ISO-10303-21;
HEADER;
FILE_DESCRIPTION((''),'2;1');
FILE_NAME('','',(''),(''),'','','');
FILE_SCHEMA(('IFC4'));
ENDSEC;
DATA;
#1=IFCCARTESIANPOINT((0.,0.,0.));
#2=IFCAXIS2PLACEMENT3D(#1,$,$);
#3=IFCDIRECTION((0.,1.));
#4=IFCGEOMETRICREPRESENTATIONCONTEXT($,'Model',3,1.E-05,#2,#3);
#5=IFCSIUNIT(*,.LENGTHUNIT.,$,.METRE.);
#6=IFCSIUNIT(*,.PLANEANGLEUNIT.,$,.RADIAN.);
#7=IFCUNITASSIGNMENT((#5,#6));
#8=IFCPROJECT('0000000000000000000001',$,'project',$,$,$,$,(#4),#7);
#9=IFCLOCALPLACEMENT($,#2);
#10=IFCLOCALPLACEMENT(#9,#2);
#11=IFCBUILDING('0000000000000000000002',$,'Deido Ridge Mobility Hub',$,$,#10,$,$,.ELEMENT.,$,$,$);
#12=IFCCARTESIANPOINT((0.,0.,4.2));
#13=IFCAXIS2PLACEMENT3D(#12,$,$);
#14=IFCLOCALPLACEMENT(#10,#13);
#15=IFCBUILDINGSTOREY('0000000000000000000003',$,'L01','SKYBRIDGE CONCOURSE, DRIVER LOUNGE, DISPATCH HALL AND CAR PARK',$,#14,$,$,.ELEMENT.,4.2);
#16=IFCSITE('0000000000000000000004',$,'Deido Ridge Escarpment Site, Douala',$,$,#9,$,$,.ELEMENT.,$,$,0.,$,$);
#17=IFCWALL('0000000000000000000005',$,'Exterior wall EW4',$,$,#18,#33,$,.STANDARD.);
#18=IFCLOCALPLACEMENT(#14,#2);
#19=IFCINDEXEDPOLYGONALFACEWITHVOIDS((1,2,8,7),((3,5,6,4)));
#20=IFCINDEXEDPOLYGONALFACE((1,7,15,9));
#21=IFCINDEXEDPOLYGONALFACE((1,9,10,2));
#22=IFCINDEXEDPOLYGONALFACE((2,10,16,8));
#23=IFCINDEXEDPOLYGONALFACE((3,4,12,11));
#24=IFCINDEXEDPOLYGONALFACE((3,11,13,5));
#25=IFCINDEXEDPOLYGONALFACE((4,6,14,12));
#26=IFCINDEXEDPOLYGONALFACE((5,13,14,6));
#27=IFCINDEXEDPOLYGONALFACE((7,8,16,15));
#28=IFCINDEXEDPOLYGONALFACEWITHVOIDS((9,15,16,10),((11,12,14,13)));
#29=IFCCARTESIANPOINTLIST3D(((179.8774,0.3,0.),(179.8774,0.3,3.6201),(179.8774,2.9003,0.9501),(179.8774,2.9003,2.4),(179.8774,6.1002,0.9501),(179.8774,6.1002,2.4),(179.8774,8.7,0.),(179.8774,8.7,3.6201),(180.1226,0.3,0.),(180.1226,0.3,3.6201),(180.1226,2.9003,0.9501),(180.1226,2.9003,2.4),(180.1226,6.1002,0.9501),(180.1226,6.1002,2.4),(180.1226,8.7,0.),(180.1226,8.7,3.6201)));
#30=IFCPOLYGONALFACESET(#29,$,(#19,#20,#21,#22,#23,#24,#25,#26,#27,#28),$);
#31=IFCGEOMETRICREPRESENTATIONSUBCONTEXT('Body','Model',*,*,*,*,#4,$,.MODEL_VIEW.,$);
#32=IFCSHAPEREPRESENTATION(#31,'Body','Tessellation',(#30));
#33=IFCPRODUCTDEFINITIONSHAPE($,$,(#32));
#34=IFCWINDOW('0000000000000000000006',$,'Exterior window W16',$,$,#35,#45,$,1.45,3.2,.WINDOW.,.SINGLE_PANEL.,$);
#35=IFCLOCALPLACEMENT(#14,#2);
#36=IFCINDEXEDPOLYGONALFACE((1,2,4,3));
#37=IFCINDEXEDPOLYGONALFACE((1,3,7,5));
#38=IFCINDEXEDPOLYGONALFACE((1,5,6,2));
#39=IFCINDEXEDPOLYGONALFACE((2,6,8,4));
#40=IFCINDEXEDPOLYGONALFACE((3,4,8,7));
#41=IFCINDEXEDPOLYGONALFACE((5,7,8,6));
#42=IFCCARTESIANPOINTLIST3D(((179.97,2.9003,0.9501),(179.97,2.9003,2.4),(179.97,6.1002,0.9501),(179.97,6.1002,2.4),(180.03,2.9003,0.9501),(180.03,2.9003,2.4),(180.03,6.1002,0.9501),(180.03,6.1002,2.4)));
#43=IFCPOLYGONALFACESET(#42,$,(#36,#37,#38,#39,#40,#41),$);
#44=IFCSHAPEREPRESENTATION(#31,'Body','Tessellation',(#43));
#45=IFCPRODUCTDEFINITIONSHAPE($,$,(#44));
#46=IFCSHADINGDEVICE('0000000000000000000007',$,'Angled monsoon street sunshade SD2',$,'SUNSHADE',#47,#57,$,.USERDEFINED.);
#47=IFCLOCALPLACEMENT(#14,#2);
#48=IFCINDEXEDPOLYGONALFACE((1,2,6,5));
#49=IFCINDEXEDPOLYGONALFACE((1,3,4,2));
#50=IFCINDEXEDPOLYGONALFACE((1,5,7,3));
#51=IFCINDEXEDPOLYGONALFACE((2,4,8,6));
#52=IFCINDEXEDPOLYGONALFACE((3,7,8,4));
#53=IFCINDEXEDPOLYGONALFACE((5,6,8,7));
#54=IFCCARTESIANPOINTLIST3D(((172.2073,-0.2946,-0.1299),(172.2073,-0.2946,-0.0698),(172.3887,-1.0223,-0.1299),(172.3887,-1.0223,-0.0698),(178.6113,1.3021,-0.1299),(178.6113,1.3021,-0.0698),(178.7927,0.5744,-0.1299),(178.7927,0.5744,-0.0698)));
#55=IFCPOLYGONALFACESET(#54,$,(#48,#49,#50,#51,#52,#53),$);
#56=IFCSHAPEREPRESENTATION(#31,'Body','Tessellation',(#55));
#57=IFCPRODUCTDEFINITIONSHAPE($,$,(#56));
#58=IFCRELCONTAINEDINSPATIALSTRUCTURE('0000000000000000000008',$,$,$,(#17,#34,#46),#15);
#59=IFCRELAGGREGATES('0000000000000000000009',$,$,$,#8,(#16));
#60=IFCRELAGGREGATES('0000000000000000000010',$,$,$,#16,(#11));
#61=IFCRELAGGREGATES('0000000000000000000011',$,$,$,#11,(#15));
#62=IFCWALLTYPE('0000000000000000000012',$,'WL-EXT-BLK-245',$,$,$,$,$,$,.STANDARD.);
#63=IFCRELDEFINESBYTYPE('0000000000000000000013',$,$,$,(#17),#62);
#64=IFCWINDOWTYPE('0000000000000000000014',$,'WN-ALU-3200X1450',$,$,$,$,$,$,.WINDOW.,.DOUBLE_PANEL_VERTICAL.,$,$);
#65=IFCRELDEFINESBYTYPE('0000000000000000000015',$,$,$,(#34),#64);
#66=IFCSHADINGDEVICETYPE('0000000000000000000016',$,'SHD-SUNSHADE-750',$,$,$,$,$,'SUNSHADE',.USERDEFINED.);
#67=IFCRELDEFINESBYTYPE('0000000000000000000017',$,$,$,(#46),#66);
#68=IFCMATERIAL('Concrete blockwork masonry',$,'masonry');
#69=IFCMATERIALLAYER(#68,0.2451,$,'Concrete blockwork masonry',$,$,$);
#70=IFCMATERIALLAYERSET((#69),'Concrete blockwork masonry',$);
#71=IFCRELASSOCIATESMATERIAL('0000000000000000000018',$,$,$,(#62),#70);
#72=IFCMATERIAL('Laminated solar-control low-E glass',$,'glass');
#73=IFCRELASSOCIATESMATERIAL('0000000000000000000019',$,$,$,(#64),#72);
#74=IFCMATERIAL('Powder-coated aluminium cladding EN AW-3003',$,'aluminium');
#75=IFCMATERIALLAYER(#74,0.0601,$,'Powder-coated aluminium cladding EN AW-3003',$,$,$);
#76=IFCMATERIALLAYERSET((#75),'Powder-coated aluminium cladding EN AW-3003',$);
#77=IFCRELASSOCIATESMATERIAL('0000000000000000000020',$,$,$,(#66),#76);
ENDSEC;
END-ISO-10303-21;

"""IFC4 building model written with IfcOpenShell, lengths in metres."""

from ifc_helpers import new_model, si_unit, direction, frame, frame_2d, origin, origin_2d, place, context, subcontext, project, spatial, rectangle, extrude, material, layer, layer_set, type_object, element, fill, save


model = new_model("IFC4")

# Units and contexts
model_context = context("Model", 3, precision=1e-05, world=origin(), true_north=direction((0.0, 1.0)))
body_context = subcontext(model_context, "Body", "Model", "MODEL_VIEW")
ifc_project = project(units=[si_unit("LENGTHUNIT", "METRE"), si_unit("PLANEANGLEUNIT", "RADIAN")], contexts=[model_context])

# Site, building, storey
site_placement = place(None, origin())
site = spatial("IfcSite", under=ifc_project, at=site_placement, Name="Deido Ridge Escarpment Site, Douala", CompositionType="ELEMENT", RefElevation=0.0)
building_placement = place(site_placement, origin())
building = spatial("IfcBuilding", under=site, at=building_placement, Name="Deido Ridge Mobility Hub", CompositionType="ELEMENT")
storey_placement = place(building_placement, frame((0.0, 0.0, 4.2)))
storey = spatial("IfcBuildingStorey", under=building, at=storey_placement, Name="L01", Description="SKYBRIDGE CONCOURSE, DRIVER LOUNGE, DISPATCH HALL AND CAR PARK", CompositionType="ELEMENT", Elevation=4.2)

# Shared definitions
ifc_material_1 = material(Name="Laminated solar-control low-E glass", Category="glass")

# Wall, opening, window
ifc_material_2 = material(Name="Concrete blockwork masonry", Category="masonry")
ifc_layer_1 = layer(ifc_material_2, 0.2451, Name="Concrete blockwork masonry")
ifc_layer_set_1 = layer_set([ifc_layer_1], Name="Concrete blockwork masonry")
wall_type = type_object("IfcWallType", Name="WL-EXT-BLK-245", PredefinedType="STANDARD", material=ifc_layer_set_1)
wall_placement = place(storey_placement, frame((180.0, 0.3, 0.0), z_axis=(0.0, 0.0, 1.0), x_axis=(0.0, 1.0, 0.0)))
wall = element("IfcWall", 1, at=wall_placement, inside=storey, type_object=wall_type, Name="Exterior wall EW4", PredefinedType="STANDARD", context=body_context, shape_type="SweptSolid", body=[
    extrude(rectangle(XDim=8.3999, YDim=0.2451, at=frame_2d((4.2, 0.0))), origin(), (0.0, 0.0, 1.0), 3.6201),
])
opening_placement = place(wall_placement, frame((2.6001, 0.0, 0.95)))
opening = element("IfcOpeningElement", 2, at=opening_placement, cuts=wall, PredefinedType="OPENING", context=body_context, shape_type="SweptSolid", body=[
    extrude(rectangle(XDim=3.2, YDim=1.45, at=frame_2d((1.6001, 0.7251))), frame((0.0, 0.1326, 0.0), z_axis=(0.0, -1.0, 0.0), x_axis=(1.0, 0.0, 0.0)), (0.0, 0.0, 1.0), 0.2651),
])
window_type = type_object("IfcWindowType", Name="WN-ALU-3200X1450", PartitioningType="DOUBLE_PANEL_VERTICAL", PredefinedType="WINDOW", material=ifc_material_1)
window_placement = place(opening_placement, origin())
window = element("IfcWindow", 3, at=window_placement, inside=storey, type_object=window_type, Name="Exterior window W16", OverallHeight=1.45, OverallWidth=3.2, PartitioningType="SINGLE_PANEL", PredefinedType="WINDOW", context=body_context, shape_type="SweptSolid", body=[
    extrude(rectangle(XDim=3.2, YDim=1.45, at=frame_2d((1.6001, 0.7251))), frame((0.0, 0.03, 0.0), z_axis=(0.0, -1.0, 0.0), x_axis=(1.0, 0.0, 0.0)), (0.0, 0.0, 1.0), 0.0601),
])
fill(opening, window)

# Shading device
ifc_material_3 = material(Name="Powder-coated aluminium cladding EN AW-3003", Category="aluminium")
ifc_layer_2 = layer(ifc_material_3, 0.0601, Name="Powder-coated aluminium cladding EN AW-3003")
ifc_layer_set_2 = layer_set([ifc_layer_2], Name="Powder-coated aluminium cladding EN AW-3003")
shading_device_type = type_object("IfcShadingDeviceType", Name="SHD-SUNSHADE-750", ElementType="SUNSHADE", PredefinedType="USERDEFINED", material=ifc_layer_set_2)
shading_device_placement = place(storey_placement, frame((175.5, 0.1399, -0.1299), z_axis=(0.0, 0.0, 1.0), x_axis=(0.970296, 0.241922, 0.0)))
element("IfcShadingDevice", 4, at=shading_device_placement, inside=storey, type_object=shading_device_type, Name="Angled monsoon street sunshade SD2", ObjectType="SUNSHADE", PredefinedType="USERDEFINED", context=body_context, shape_type="SweptSolid", body=[
    extrude(rectangle(XDim=6.6001, YDim=0.75, at=origin_2d()), origin(), (0.0, 0.0, 1.0), 0.0601),
])

save(model, "model.ifc")
